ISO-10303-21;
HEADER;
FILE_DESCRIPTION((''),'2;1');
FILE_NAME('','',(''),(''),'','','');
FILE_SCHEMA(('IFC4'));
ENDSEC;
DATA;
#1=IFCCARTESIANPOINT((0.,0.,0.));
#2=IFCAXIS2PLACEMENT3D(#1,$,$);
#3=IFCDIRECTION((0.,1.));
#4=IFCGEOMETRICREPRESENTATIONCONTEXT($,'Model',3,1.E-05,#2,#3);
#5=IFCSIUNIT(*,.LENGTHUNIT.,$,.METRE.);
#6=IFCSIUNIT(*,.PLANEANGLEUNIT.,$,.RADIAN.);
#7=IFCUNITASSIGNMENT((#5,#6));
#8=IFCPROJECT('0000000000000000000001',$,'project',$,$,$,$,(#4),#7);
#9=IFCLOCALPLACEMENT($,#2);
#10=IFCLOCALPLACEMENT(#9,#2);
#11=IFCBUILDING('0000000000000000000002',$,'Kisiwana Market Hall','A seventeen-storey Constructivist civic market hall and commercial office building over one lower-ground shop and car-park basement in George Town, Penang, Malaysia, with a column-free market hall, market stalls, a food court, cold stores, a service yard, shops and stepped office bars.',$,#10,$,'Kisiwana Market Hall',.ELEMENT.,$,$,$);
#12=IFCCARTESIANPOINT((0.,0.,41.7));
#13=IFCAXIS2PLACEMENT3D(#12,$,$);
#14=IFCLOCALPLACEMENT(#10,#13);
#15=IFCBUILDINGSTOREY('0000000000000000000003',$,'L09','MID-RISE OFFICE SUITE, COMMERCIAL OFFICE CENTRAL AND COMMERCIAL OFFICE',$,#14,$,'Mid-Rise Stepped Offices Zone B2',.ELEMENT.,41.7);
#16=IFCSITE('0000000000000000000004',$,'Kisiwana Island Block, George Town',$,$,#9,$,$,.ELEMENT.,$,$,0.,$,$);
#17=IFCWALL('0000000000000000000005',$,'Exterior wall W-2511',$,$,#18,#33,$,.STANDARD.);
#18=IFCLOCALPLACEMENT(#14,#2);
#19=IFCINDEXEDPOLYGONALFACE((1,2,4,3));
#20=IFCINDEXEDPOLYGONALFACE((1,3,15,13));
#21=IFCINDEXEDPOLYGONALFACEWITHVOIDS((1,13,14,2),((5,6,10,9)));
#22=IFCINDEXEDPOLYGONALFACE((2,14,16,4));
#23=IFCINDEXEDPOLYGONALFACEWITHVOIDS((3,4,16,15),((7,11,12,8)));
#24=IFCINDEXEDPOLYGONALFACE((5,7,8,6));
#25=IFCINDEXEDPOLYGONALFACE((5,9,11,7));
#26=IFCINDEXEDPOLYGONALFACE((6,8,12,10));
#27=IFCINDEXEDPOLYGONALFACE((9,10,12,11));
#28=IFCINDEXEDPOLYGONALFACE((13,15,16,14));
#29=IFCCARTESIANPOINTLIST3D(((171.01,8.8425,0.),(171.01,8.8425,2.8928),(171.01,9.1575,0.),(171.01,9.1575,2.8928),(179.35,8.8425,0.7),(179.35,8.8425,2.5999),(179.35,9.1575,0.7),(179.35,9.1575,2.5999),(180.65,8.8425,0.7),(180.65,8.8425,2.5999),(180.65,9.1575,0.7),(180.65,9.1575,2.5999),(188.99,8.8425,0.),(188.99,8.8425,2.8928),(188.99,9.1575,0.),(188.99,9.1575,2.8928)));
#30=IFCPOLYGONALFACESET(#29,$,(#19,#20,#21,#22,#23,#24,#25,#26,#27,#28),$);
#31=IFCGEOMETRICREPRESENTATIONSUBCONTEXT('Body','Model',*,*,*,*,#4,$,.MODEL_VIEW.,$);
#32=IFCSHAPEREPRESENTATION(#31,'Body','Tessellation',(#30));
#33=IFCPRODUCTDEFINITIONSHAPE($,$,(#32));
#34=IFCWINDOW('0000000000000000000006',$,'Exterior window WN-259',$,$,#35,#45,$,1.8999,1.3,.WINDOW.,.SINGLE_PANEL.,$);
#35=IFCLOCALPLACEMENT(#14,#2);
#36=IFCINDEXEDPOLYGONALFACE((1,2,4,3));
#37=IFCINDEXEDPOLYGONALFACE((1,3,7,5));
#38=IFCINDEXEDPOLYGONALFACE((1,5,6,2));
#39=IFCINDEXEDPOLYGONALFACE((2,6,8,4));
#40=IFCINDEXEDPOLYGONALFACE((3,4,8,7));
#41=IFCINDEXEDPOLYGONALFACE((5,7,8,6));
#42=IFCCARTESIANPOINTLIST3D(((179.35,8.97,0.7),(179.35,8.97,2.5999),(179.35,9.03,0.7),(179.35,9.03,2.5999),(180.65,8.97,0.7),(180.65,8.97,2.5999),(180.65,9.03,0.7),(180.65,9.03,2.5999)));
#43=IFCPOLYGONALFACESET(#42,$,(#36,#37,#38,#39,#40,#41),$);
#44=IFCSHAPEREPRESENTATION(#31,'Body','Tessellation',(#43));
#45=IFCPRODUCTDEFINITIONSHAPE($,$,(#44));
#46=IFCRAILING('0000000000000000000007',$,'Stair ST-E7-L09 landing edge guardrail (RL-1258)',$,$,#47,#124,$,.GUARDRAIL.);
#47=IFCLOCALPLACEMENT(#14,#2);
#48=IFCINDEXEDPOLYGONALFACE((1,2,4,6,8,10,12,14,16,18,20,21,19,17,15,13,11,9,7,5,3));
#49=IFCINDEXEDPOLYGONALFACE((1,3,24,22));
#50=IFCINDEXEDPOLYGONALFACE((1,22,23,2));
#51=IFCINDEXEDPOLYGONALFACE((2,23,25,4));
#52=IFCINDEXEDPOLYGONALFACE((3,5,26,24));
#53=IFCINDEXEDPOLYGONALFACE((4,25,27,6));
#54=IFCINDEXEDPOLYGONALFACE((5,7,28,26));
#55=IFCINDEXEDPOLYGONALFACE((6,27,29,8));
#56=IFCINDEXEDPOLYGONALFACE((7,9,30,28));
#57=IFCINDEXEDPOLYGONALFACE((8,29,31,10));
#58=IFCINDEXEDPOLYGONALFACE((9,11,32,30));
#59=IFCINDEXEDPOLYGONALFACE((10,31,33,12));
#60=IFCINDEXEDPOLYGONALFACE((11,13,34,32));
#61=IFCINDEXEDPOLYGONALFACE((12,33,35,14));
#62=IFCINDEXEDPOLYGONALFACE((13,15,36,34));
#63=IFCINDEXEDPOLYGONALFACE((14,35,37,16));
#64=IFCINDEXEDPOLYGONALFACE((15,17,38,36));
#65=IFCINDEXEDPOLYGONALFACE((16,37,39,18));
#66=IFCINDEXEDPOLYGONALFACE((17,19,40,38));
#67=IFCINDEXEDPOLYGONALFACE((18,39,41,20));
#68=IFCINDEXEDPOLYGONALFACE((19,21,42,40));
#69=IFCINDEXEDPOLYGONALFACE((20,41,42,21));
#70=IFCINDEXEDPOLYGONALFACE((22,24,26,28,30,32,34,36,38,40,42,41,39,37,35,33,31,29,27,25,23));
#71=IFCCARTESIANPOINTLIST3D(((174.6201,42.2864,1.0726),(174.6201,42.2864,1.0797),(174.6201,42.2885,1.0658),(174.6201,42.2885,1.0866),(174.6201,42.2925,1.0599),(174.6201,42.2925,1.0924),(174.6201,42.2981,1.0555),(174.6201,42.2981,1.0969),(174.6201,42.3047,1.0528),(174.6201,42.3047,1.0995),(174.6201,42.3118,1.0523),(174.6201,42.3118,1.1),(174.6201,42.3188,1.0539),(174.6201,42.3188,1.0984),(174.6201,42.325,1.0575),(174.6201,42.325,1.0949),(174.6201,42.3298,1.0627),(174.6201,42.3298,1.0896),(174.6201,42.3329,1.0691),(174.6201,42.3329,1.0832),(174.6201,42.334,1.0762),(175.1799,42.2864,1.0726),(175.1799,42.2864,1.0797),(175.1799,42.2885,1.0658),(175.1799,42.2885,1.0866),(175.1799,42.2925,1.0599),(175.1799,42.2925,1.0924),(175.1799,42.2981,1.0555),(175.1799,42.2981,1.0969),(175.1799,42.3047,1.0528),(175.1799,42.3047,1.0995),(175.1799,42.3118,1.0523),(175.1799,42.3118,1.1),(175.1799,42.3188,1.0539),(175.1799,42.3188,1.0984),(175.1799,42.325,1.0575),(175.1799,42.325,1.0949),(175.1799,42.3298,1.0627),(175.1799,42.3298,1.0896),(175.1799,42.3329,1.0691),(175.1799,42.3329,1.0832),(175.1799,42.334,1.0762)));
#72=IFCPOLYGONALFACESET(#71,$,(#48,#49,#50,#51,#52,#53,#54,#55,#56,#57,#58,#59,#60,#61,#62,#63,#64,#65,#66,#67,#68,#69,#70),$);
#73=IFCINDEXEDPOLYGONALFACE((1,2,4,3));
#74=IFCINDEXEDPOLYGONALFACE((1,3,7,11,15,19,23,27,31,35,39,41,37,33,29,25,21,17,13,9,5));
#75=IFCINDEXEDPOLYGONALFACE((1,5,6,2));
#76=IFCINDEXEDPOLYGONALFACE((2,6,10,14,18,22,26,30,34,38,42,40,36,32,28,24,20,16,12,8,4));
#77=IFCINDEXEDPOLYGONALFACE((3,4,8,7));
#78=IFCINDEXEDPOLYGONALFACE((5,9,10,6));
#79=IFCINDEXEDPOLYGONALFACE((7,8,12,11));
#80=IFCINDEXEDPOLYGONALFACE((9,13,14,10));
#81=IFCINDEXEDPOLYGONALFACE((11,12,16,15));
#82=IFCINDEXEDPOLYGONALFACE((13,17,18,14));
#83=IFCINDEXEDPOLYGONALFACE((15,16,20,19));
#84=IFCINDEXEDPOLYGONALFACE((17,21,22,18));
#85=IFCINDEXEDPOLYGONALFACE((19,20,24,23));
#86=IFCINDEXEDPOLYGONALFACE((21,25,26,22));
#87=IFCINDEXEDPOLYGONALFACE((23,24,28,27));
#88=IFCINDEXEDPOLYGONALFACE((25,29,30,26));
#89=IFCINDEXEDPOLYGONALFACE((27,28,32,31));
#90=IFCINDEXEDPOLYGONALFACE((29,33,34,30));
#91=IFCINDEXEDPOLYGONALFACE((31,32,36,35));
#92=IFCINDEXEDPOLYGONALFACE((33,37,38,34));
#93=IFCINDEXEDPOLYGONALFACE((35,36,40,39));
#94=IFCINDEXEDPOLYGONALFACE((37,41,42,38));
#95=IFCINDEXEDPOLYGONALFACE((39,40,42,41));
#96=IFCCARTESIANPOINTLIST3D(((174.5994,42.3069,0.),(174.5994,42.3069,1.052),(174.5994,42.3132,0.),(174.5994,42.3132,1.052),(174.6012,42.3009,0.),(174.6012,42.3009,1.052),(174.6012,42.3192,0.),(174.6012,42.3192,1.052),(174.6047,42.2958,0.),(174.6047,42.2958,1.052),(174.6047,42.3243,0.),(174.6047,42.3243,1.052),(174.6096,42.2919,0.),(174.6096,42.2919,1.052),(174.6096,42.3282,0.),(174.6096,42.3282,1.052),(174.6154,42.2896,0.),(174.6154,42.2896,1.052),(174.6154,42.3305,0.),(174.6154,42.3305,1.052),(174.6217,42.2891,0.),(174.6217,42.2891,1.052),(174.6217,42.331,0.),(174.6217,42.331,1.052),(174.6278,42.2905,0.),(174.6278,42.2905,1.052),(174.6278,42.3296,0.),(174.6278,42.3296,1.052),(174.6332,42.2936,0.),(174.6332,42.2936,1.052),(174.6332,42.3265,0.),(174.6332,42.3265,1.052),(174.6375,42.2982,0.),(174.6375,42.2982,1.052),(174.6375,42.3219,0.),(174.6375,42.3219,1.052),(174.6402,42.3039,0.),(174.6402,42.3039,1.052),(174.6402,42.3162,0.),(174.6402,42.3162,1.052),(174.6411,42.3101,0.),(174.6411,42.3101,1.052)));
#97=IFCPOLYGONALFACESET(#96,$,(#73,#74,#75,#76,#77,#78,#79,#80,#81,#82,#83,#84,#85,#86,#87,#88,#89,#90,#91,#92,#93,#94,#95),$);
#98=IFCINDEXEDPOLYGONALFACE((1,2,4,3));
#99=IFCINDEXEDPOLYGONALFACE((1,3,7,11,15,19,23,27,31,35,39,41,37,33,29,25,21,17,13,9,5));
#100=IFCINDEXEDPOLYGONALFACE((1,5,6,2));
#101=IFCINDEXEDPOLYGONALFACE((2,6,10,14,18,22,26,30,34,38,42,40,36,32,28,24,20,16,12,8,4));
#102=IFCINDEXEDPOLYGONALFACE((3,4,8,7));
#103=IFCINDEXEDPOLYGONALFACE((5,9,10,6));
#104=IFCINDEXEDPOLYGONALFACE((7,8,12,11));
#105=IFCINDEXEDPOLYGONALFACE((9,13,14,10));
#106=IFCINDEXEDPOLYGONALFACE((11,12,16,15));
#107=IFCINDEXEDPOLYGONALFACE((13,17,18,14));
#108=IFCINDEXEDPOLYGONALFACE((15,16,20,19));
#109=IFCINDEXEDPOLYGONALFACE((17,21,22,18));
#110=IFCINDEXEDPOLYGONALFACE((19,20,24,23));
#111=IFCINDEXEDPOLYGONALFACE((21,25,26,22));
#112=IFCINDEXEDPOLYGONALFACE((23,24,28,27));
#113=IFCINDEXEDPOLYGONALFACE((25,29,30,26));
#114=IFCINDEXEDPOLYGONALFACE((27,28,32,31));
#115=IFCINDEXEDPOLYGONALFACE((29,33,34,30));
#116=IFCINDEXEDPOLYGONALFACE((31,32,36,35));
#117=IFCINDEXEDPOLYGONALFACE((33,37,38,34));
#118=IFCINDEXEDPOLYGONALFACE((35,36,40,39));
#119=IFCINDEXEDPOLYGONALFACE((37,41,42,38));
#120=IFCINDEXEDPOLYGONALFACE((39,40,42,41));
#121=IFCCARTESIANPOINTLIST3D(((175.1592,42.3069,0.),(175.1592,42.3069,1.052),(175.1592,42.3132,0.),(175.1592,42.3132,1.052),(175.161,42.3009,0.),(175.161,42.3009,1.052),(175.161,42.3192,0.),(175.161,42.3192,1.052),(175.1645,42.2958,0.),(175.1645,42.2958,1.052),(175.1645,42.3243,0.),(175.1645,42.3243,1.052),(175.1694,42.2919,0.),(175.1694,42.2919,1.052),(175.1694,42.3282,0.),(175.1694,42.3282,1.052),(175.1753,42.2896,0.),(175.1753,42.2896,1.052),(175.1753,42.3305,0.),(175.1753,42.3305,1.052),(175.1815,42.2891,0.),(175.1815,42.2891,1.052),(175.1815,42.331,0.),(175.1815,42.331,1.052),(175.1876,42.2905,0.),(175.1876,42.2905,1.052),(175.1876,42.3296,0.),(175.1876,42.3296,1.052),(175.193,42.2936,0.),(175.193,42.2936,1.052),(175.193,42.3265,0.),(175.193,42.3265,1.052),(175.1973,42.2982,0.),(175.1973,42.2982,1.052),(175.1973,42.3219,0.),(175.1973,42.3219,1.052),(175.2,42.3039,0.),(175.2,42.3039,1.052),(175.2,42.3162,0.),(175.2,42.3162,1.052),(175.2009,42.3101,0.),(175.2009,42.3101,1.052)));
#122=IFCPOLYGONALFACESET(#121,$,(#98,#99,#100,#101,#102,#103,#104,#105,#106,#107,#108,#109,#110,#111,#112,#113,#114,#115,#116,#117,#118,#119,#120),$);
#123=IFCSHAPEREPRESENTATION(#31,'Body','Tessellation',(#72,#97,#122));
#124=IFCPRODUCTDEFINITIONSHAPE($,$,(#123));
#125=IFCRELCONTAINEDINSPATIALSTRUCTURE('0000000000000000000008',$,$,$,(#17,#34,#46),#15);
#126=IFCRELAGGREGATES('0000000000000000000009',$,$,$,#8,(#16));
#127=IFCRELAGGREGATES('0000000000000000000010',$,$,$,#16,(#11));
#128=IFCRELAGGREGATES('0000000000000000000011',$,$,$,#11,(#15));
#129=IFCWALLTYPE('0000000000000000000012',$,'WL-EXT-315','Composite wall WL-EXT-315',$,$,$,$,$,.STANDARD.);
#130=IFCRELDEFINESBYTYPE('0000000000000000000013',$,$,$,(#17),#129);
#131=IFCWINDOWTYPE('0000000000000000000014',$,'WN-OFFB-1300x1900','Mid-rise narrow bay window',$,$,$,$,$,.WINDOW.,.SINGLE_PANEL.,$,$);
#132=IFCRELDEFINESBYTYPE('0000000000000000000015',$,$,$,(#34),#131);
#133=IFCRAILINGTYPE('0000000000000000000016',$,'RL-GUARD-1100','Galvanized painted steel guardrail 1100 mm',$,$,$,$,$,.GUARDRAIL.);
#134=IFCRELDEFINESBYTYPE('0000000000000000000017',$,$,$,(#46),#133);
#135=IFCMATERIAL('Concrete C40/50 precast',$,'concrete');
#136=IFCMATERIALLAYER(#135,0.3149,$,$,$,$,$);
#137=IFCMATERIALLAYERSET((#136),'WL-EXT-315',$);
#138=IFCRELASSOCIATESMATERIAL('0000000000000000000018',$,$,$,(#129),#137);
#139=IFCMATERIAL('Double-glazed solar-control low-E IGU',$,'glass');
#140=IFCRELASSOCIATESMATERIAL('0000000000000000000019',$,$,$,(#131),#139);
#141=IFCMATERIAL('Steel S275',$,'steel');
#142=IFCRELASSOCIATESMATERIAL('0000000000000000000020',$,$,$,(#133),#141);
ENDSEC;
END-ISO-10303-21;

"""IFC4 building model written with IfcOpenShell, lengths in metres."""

from ifc_helpers import new_model, si_unit, direction, frame, frame_2d, origin, origin_2d, place, context, subcontext, project, spatial, rectangle, circle, extrude, material, layer, layer_set, type_object, element, fill, save


model = new_model("IFC4")

# Units and contexts
model_context = context("Model", 3, precision=1e-05, world=origin(), true_north=direction((0.0, 1.0)))
body_context = subcontext(model_context, "Body", "Model", "MODEL_VIEW")
ifc_project = project(units=[si_unit("LENGTHUNIT", "METRE"), si_unit("PLANEANGLEUNIT", "RADIAN")], contexts=[model_context])

# Site, building, storey
site_placement = place(None, origin())
site = spatial("IfcSite", under=ifc_project, at=site_placement, Name="Kisiwana Island Block, George Town", CompositionType="ELEMENT", RefElevation=0.0)
building_placement = place(site_placement, origin())
building = spatial("IfcBuilding", under=site, at=building_placement, Name="Kisiwana Market Hall", Description="A seventeen-storey Constructivist civic market hall and commercial office building over one lower-ground shop and car-park basement in George Town, Penang, Malaysia, with a column-free market hall, market stalls, a food court, cold stores, a service yard, shops and stepped office bars.", LongName="Kisiwana Market Hall", CompositionType="ELEMENT")
storey_placement = place(building_placement, frame((0.0, 0.0, 41.7)))
storey = spatial("IfcBuildingStorey", under=building, at=storey_placement, Name="L09", Description="MID-RISE OFFICE SUITE, COMMERCIAL OFFICE CENTRAL AND COMMERCIAL OFFICE", LongName="Mid-Rise Stepped Offices Zone B2", CompositionType="ELEMENT", Elevation=41.7)

# Wall, opening, window
ifc_material_1 = material(Name="Concrete C40/50 precast", Category="concrete")
ifc_layer_1 = layer(ifc_material_1, 0.3149)
ifc_layer_set_1 = layer_set([ifc_layer_1], Name="WL-EXT-315")
wall_type_1 = type_object("IfcWallType", Name="WL-EXT-315", Description="Composite wall WL-EXT-315", PredefinedType="STANDARD", material=ifc_layer_set_1)
wall_1_placement = place(storey_placement, frame((171.01, 9.0, 0.0), z_axis=(0.0, 0.0, 1.0), x_axis=(1.0, 0.0, 0.0)))
wall_1 = element("IfcWall", 1, at=wall_1_placement, inside=storey, type_object=wall_type_1, Name="Exterior wall W-2511", PredefinedType="STANDARD", context=body_context, shape_type="SweptSolid", body=[
    extrude(rectangle(XDim=17.98, YDim=0.3149, at=frame_2d((8.99, 0.0))), origin(), (0.0, 0.0, 1.0), 2.8928),
])
opening_1_placement = place(wall_1_placement, frame((8.3401, 0.0, 0.7)))
opening_1 = element("IfcOpeningElement", 2, at=opening_1_placement, cuts=wall_1, PredefinedType="OPENING", context=body_context, shape_type="SweptSolid", body=[
    extrude(rectangle(XDim=1.3, YDim=1.8999, at=frame_2d((0.6499, 0.95))), frame((0.0, 0.1694, 0.0), z_axis=(0.0, -1.0, 0.0), x_axis=(1.0, 0.0, 0.0)), (0.0, 0.0, 1.0), 0.3389),
])
ifc_material_2 = material(Name="Double-glazed solar-control low-E IGU", Category="glass")
window_type = type_object("IfcWindowType", Name="WN-OFFB-1300x1900", Description="Mid-rise narrow bay window", PartitioningType="SINGLE_PANEL", PredefinedType="WINDOW", material=ifc_material_2)
window_placement = place(opening_1_placement, origin())
window = element("IfcWindow", 3, at=window_placement, inside=storey, type_object=window_type, Name="Exterior window WN-259", OverallHeight=1.8999, OverallWidth=1.3, PartitioningType="SINGLE_PANEL", PredefinedType="WINDOW", context=body_context, shape_type="SweptSolid", body=[
    extrude(rectangle(XDim=1.3, YDim=1.8999, at=frame_2d((0.6499, 0.95))), frame((0.0, 0.03, 0.0), z_axis=(0.0, -1.0, 0.0), x_axis=(1.0, 0.0, 0.0)), (0.0, 0.0, 1.0), 0.0601),
])
fill(opening_1, window)

# Railing
ifc_material_3 = material(Name="Steel S275", Category="steel")
railing_type = type_object("IfcRailingType", Name="RL-GUARD-1100", Description="Galvanized painted steel guardrail 1100 mm", PredefinedType="GUARDRAIL", material=ifc_material_3)
railing_placement = place(storey_placement, frame((174.6201, 42.3101, 0.0)))
element("IfcRailing", 4, at=railing_placement, inside=storey, type_object=railing_type, Name="Stair ST-E7-L09 landing edge guardrail (RL-1258)", PredefinedType="GUARDRAIL", context=body_context, shape_type="SweptSolid", body=[
    extrude(circle(Radius=0.0239, at=origin_2d()), frame((0.0, 0.0, 1.0762), z_axis=(1.0, 0.0, 0.0), x_axis=(0.0, 1.0, 0.0)), (0.0, 0.0, 1.0), 0.5598),
    extrude(circle(Radius=0.021, at=origin_2d()), origin(), (0.0, 0.0, 1.0), 1.052),
    extrude(circle(Radius=0.021, at=origin_2d()), frame((0.5598, 0.0, 0.0)), (0.0, 0.0, 1.0), 1.052),
])

save(model, "model.ifc")
